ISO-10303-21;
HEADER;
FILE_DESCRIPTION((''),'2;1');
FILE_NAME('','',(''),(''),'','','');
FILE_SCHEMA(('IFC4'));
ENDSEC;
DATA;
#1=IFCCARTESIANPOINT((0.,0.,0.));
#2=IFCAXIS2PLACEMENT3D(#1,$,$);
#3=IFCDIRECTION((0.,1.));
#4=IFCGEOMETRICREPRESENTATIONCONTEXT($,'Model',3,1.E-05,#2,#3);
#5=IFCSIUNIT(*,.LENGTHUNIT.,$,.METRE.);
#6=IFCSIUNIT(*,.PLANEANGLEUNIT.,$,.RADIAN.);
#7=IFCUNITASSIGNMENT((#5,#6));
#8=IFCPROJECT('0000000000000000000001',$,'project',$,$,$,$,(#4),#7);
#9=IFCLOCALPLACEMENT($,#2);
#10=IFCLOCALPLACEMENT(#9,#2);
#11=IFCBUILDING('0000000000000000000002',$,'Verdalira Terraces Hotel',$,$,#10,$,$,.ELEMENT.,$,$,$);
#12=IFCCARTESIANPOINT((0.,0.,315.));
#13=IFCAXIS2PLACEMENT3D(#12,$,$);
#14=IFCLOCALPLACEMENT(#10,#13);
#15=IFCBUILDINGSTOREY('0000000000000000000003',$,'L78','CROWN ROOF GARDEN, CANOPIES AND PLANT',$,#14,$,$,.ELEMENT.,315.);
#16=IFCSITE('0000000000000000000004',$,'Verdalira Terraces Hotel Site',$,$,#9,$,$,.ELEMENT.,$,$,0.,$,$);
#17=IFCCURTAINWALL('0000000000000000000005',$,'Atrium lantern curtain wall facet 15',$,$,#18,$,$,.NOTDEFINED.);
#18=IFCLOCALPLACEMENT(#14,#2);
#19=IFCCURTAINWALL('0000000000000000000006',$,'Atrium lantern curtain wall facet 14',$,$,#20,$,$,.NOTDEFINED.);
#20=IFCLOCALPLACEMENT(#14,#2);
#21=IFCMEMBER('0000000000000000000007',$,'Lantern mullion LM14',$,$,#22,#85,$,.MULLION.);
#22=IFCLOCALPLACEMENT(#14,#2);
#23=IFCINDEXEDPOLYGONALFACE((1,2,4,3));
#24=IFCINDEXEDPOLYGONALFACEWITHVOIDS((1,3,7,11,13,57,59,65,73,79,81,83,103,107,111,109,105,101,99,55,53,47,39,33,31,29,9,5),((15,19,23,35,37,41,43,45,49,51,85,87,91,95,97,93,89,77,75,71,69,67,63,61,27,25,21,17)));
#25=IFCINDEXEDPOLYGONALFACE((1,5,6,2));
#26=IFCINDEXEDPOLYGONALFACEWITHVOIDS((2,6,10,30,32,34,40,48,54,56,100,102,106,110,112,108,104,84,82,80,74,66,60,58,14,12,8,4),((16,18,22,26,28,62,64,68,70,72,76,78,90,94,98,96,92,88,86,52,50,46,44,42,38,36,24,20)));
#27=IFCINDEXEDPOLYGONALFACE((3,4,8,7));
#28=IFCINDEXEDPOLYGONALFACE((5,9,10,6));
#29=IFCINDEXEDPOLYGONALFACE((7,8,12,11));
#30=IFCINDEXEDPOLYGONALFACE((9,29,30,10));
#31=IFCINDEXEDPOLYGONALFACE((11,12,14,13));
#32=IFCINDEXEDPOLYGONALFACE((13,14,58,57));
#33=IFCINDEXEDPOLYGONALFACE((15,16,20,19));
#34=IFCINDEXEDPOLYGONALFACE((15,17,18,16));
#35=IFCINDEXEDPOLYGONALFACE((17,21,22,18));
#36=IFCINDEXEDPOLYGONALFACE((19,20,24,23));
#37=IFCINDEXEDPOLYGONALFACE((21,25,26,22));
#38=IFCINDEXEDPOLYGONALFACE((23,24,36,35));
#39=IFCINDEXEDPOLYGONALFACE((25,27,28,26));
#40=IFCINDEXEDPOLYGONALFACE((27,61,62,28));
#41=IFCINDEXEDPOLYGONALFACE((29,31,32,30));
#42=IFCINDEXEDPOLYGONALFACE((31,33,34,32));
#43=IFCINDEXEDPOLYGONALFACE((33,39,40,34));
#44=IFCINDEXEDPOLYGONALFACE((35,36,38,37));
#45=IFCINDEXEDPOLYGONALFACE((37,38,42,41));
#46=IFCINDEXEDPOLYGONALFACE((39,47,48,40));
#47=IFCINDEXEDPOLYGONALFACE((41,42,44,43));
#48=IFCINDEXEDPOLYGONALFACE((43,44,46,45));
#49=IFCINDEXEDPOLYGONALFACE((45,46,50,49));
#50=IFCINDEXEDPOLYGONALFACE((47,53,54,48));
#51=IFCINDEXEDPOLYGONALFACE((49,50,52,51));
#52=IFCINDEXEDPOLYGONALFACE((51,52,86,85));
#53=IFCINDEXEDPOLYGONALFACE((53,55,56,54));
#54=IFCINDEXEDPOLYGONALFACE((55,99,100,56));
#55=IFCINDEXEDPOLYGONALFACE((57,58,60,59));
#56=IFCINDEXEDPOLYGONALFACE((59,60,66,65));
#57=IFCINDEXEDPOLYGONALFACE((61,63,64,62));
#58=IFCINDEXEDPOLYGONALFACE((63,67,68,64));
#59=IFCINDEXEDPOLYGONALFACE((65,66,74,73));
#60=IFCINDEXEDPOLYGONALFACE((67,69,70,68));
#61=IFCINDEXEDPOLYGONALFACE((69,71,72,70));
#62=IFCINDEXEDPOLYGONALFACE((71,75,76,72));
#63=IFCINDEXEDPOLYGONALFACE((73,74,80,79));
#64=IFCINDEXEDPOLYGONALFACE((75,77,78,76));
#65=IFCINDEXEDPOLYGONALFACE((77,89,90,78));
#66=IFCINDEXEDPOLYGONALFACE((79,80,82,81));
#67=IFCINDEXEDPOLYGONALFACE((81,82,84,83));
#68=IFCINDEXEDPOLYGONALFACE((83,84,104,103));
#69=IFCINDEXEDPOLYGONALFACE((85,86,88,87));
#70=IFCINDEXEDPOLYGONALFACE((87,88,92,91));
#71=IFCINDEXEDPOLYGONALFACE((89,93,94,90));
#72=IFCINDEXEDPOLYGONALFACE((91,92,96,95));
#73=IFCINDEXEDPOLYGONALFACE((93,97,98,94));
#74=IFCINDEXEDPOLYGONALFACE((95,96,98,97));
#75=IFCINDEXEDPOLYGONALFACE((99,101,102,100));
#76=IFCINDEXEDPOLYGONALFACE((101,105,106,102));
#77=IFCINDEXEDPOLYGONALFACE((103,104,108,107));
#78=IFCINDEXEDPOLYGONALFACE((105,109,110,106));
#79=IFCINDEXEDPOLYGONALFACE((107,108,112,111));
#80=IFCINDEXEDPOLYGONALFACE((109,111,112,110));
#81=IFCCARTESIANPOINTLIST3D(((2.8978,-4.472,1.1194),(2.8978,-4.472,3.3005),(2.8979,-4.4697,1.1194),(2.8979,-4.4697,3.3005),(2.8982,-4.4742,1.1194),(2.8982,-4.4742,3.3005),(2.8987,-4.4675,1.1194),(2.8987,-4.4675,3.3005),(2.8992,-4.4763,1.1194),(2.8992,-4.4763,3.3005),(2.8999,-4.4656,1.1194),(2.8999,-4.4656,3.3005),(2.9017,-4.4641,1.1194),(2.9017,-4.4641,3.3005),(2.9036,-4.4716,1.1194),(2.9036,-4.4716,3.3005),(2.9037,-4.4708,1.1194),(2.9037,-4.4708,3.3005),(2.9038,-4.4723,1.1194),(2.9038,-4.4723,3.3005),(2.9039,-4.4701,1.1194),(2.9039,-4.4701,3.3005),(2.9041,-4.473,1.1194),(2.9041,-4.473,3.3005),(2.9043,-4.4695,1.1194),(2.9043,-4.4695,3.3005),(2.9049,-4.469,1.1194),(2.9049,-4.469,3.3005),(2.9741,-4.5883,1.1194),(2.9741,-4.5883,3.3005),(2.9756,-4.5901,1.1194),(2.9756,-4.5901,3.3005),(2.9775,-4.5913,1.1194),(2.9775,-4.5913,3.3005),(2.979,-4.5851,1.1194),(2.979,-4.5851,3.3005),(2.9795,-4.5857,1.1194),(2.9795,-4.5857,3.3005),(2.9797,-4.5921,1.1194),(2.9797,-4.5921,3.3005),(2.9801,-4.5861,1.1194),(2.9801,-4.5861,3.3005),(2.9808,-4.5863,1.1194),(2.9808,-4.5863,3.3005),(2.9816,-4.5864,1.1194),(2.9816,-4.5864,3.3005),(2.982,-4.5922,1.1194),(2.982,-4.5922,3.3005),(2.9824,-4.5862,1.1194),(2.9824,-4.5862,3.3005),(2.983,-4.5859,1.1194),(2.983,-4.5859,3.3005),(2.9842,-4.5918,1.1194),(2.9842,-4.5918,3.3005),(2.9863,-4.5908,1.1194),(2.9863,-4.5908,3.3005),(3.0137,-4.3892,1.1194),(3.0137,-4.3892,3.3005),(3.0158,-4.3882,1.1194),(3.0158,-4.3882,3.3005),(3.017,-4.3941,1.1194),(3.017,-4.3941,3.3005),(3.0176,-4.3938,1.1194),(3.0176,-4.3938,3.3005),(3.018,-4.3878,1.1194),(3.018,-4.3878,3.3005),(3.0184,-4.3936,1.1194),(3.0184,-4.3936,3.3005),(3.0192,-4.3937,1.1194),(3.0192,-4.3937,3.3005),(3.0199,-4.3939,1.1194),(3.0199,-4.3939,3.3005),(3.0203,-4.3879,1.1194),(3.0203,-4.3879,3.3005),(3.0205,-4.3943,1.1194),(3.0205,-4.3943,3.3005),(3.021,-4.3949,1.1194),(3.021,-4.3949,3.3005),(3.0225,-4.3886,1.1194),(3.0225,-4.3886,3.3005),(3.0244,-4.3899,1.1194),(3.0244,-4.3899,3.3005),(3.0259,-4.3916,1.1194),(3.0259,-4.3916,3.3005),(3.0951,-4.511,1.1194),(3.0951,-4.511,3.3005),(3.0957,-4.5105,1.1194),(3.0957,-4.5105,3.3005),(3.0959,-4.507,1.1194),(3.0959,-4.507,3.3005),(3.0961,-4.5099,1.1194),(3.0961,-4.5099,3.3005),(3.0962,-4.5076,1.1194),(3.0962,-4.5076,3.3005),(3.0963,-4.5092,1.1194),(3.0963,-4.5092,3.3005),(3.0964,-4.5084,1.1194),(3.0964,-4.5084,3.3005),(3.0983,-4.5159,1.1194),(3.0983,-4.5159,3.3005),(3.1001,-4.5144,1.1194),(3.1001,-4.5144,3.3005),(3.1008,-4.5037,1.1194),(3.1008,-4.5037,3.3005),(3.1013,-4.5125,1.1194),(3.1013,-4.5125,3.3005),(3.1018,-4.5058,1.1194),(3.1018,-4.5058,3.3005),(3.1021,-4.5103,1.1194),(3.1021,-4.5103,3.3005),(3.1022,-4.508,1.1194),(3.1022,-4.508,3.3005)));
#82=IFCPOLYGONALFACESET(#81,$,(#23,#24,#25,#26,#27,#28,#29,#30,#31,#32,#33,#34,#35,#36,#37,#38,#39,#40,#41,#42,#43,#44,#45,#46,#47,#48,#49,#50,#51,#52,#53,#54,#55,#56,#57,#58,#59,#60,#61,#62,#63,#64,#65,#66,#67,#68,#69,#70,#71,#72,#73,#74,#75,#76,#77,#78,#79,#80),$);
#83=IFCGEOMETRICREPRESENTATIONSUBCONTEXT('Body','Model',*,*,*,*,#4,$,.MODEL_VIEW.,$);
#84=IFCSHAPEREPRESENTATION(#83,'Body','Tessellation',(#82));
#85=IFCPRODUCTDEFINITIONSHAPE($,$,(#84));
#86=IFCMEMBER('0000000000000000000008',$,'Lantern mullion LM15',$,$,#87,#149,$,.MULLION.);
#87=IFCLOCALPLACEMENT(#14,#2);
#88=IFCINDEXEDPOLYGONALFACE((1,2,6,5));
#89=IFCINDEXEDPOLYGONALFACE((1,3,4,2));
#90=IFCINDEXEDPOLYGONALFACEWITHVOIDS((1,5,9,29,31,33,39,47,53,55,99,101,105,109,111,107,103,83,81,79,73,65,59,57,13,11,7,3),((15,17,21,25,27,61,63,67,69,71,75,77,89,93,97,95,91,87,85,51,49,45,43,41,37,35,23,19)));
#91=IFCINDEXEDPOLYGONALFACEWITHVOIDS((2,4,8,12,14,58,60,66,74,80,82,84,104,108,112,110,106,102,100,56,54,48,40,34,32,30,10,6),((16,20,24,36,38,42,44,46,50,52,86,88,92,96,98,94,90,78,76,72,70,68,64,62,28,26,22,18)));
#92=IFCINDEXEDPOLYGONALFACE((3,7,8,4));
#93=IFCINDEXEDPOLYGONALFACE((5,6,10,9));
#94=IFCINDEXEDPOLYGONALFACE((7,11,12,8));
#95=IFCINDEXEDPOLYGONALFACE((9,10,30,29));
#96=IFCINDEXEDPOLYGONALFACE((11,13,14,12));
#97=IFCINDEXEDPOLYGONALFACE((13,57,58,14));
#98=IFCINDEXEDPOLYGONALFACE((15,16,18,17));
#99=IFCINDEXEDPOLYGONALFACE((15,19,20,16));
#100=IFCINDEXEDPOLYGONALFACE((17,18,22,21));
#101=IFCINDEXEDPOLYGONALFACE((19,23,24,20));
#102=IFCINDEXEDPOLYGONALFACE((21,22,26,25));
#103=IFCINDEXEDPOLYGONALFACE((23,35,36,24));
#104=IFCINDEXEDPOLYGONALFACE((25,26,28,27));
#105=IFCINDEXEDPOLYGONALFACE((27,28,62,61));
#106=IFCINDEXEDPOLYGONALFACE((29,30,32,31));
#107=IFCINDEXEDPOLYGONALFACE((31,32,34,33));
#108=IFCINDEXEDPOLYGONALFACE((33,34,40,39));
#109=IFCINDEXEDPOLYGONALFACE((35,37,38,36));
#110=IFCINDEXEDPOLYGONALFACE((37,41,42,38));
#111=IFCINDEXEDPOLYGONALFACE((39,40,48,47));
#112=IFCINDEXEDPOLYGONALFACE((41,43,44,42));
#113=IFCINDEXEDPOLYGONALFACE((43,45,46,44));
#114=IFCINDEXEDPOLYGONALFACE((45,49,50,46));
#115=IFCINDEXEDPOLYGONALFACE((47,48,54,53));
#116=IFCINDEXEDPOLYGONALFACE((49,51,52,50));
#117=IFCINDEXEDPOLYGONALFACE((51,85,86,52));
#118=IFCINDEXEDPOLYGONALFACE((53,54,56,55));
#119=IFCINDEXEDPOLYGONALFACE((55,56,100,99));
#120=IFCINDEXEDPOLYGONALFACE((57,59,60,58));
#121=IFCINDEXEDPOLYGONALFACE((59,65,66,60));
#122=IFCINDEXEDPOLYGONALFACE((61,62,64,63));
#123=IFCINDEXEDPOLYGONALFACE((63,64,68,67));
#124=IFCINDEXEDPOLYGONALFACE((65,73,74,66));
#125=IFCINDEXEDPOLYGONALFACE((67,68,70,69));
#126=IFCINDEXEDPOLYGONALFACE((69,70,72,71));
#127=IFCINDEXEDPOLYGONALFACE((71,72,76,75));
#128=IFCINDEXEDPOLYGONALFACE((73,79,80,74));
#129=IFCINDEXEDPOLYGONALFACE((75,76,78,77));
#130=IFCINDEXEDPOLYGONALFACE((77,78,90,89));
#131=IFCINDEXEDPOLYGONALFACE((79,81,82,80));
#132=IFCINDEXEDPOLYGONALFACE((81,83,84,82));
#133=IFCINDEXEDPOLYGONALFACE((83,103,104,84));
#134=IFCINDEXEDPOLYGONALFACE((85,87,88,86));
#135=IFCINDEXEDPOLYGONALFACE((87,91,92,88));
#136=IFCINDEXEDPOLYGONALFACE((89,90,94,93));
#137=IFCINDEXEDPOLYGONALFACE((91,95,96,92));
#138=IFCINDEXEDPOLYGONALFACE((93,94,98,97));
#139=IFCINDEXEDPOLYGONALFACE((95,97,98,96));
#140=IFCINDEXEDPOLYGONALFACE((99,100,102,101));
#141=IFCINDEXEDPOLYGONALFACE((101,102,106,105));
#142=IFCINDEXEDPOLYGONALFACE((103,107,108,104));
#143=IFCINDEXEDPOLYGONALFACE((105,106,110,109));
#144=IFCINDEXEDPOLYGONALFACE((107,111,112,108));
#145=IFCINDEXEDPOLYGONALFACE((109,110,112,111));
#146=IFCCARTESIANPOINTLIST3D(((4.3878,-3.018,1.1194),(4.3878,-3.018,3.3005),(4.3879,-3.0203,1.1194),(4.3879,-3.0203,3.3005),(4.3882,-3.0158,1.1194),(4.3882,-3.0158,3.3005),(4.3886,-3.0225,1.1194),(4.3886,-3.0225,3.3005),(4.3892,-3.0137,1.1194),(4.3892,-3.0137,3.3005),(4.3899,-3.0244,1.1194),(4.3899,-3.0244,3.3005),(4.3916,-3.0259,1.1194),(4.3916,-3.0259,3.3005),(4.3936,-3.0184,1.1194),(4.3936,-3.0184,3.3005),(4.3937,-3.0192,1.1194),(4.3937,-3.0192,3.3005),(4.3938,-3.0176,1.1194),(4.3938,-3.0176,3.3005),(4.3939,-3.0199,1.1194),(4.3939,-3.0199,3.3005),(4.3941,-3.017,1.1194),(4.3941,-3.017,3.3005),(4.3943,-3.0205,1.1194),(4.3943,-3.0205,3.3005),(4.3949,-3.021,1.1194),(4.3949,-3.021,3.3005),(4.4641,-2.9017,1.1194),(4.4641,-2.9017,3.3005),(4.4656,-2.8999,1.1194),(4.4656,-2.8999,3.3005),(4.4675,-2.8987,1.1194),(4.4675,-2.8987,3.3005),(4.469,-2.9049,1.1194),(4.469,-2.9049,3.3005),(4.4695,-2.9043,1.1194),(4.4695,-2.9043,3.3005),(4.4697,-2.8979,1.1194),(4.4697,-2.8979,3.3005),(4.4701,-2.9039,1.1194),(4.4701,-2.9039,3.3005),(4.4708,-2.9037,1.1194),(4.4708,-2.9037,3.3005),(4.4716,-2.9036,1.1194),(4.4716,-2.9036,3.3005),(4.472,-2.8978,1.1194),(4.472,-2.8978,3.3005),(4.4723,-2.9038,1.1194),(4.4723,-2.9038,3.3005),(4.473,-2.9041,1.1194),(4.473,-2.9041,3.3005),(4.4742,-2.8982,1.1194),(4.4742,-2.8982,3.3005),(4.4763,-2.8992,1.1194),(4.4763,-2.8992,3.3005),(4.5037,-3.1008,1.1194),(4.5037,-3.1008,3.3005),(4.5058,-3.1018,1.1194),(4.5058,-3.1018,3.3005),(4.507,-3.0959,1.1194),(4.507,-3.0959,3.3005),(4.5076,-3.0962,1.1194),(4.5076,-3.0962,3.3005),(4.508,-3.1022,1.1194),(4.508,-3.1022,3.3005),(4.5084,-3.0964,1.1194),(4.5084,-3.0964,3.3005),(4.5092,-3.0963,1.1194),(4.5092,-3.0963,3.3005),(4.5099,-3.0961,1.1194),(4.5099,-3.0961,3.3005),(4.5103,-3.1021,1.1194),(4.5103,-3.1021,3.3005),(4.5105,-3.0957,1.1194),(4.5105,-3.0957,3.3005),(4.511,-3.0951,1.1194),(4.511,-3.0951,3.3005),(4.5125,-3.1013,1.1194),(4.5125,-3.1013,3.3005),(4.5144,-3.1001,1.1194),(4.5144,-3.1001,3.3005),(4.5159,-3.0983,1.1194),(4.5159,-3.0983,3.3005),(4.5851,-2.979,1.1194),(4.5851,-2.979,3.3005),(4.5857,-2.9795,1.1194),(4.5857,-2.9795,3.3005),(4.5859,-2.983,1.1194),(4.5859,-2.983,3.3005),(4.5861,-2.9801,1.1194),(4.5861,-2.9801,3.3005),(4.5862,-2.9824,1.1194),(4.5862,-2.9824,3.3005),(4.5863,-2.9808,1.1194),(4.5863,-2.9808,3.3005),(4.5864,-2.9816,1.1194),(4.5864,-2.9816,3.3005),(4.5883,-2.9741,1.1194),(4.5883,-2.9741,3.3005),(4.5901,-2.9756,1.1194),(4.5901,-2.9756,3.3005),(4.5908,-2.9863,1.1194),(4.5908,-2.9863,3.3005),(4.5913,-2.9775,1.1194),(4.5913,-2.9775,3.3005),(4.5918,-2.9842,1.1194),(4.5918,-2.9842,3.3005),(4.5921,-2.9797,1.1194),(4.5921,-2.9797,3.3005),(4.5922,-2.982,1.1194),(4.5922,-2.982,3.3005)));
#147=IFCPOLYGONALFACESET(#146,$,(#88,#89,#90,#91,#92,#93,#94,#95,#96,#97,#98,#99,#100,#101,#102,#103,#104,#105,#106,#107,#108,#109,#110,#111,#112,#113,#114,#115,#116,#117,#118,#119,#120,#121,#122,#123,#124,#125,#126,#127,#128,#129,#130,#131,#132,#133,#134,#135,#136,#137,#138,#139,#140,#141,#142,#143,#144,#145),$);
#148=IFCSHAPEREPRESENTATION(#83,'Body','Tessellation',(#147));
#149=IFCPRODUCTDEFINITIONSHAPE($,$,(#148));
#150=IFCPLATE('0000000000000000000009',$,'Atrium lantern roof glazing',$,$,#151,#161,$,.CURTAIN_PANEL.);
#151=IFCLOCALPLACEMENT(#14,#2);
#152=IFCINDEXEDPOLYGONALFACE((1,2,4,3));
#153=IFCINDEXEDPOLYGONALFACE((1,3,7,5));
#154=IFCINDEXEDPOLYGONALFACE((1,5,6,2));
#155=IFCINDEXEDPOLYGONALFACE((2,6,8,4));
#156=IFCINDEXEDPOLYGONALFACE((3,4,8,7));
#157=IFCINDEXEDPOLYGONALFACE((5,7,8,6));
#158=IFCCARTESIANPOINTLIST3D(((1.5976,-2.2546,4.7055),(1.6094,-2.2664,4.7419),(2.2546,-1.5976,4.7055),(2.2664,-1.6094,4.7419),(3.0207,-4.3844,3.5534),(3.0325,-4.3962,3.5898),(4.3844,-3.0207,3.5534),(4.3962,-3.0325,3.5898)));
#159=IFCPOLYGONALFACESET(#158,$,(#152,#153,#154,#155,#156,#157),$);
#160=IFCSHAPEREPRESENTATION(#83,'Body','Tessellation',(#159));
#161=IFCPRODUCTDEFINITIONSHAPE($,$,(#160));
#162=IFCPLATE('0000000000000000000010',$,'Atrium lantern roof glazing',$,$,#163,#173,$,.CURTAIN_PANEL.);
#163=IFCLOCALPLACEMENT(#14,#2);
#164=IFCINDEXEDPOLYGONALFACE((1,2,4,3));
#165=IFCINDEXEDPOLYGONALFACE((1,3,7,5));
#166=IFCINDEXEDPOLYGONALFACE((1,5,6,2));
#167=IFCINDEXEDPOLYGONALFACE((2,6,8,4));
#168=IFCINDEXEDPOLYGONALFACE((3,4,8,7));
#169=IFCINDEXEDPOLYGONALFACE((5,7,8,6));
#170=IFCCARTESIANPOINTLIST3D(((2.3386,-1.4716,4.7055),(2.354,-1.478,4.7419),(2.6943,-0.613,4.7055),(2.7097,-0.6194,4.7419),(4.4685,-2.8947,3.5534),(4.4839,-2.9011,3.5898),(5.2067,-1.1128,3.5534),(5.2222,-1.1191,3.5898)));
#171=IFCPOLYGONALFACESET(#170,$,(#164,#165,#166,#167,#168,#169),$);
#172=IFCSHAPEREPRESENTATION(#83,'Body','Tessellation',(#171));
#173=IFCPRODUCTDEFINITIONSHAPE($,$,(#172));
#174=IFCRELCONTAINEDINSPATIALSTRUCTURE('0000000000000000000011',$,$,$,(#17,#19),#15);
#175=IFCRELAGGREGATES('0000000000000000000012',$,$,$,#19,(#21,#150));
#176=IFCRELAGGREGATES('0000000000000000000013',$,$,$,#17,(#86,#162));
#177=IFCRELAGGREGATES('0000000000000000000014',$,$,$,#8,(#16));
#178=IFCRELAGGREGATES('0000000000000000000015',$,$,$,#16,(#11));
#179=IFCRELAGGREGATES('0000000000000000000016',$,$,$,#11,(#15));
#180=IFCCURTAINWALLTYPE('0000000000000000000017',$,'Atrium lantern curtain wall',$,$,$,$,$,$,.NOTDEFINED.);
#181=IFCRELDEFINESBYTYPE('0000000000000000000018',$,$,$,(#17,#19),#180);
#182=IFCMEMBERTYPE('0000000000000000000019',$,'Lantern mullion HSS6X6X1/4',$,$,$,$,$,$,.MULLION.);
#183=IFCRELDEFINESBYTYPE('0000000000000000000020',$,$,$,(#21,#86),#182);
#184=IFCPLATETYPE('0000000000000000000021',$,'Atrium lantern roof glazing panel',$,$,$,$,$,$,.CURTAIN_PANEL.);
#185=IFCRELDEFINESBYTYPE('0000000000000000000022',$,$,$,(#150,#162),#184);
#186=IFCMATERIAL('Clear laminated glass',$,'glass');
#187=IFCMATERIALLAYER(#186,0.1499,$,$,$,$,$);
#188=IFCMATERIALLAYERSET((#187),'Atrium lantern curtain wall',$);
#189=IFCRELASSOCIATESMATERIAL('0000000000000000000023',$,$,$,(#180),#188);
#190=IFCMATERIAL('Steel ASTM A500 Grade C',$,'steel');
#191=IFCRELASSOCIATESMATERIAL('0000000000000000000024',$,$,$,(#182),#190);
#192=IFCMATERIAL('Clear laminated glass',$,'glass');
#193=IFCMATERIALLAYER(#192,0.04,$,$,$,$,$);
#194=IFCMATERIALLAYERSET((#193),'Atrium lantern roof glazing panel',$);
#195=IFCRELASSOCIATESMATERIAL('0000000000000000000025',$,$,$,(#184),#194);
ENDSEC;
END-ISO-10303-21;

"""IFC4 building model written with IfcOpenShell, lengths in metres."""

from ifc_helpers import new_model, si_unit, direction, frame, origin, origin_2d, place, context, subcontext, project, spatial, polyline, hollow_rectangle, outline, extrude, material, layer, layer_set, material_profile, profile_set, type_object, element, aggregate, save


model = new_model("IFC4")

# Units and contexts
model_context = context("Model", 3, precision=1e-05, world=origin(), true_north=direction((0.0, 1.0)))
body_context = subcontext(model_context, "Body", "Model", "MODEL_VIEW")
ifc_project = project(units=[si_unit("LENGTHUNIT", "METRE"), si_unit("PLANEANGLEUNIT", "RADIAN")], contexts=[model_context])

# Site, building, storey
site_placement = place(None, origin())
site = spatial("IfcSite", under=ifc_project, at=site_placement, Name="Verdalira Terraces Hotel Site", CompositionType="ELEMENT", RefElevation=0.0)
building_placement = place(site_placement, origin())
building = spatial("IfcBuilding", under=site, at=building_placement, Name="Verdalira Terraces Hotel", CompositionType="ELEMENT")
storey_placement = place(building_placement, frame((0.0, 0.0, 315.0)))
storey = spatial("IfcBuildingStorey", under=building, at=storey_placement, Name="L78", Description="CROWN ROOF GARDEN, CANOPIES AND PLANT", CompositionType="ELEMENT", Elevation=315.0)

# Curtain wall
ifc_material_1 = material(Name="Clear laminated glass", Category="glass")
ifc_layer_1 = layer(ifc_material_1, 0.1499)
ifc_layer_set_1 = layer_set([ifc_layer_1], Name="Atrium lantern curtain wall")
curtain_wall_type = type_object("IfcCurtainWallType", Name="Atrium lantern curtain wall", PredefinedType="NOTDEFINED", material=ifc_layer_set_1)
curtain_wall_1_placement = place(storey_placement, origin())
curtain_wall_1 = element("IfcCurtainWall", 1, at=curtain_wall_1_placement, inside=storey, type_object=curtain_wall_type, Name="Atrium lantern curtain wall facet 15", PredefinedType="NOTDEFINED")

# Curtain wall
curtain_wall_2_placement = place(storey_placement, origin())
curtain_wall_2 = element("IfcCurtainWall", 2, at=curtain_wall_2_placement, inside=storey, type_object=curtain_wall_type, Name="Atrium lantern curtain wall facet 14", PredefinedType="NOTDEFINED")

# Members
ifc_material_2 = material(Name="Steel ASTM A500 Grade C", Category="steel")
ifc_material_profile_1 = material_profile(ifc_material_2, hollow_rectangle(XDim=0.1523, YDim=0.1523, WallThickness=0.0059, InnerFilletRadius=0.0029, OuterFilletRadius=0.0088, at=origin_2d()), Name="HSS6X6X1/4")
ifc_profile_set_1 = profile_set([ifc_material_profile_1], Name="Steel ASTM A500 Grade C")
member_type_1 = type_object("IfcMemberType", Name="Lantern mullion HSS6X6X1/4", PredefinedType="MULLION", material=ifc_profile_set_1)
member_1_placement = place(storey_placement, frame((3.0, -4.49, 1.1194), z_axis=(0.0, 0.0, 1.0), x_axis=(0.55557, -0.83147, 0.0)))
member_1 = element("IfcMember", 3, at=member_1_placement, type_object=member_type_1, Name="Lantern mullion LM14", PredefinedType="MULLION", context=body_context, shape_type="SweptSolid", body=[
    extrude(hollow_rectangle(XDim=0.1523, YDim=0.1523, WallThickness=0.0059, InnerFilletRadius=0.0029, OuterFilletRadius=0.0088, at=origin_2d()), origin(), (0.0, 0.0, 1.0), 2.1812),
])
member_2_placement = place(storey_placement, frame((4.49, -3.0, 1.1194), z_axis=(0.0, 0.0, 1.0), x_axis=(0.83147, -0.55557, 0.0)))
member_2 = element("IfcMember", 4, at=member_2_placement, type_object=member_type_1, Name="Lantern mullion LM15", PredefinedType="MULLION", context=body_context, shape_type="SweptSolid", body=[
    extrude(hollow_rectangle(XDim=0.1523, YDim=0.1523, WallThickness=0.0059, InnerFilletRadius=0.0029, OuterFilletRadius=0.0088, at=origin_2d()), origin(), (0.0, 0.0, 1.0), 2.1812),
])

# Plates
ifc_material_3 = material(Name="Clear laminated glass", Category="glass")
ifc_layer_2 = layer(ifc_material_3, 0.04)
ifc_layer_set_2 = layer_set([ifc_layer_2], Name="Atrium lantern roof glazing panel")
plate_type = type_object("IfcPlateType", Name="Atrium lantern roof glazing panel", PredefinedType="CURTAIN_PANEL", material=ifc_layer_set_2)
plate_1_placement = place(storey_placement, frame((3.0325, -4.3962, 3.5898), z_axis=(0.294749, -0.294749, 0.908981), x_axis=(0.707107, 0.707107, 0.0)))
plate_1 = element("IfcPlate", 5, at=plate_1_placement, type_object=plate_type, Name="Atrium lantern roof glazing", PredefinedType="CURTAIN_PANEL", context=body_context, shape_type="SweptSolid", body=[
    extrude(outline(polyline([(0.0, 0.0), (1.9287, 0.0), (1.4289, 2.7639), (0.4998, 2.7639), (0.0, 0.0)])), origin(), (0.0, 0.0, -1.0), 0.04),
])
plate_2_placement = place(storey_placement, frame((4.4839, -2.9011, 3.5898), z_axis=(0.385089, -0.15954, 0.908985), x_axis=(0.382753, 0.923851, -0.000003)))
plate_2 = element("IfcPlate", 6, at=plate_2_placement, type_object=plate_type, Name="Atrium lantern roof glazing", PredefinedType="CURTAIN_PANEL", context=body_context, shape_type="SweptSolid", body=[
    extrude(outline(polyline([(0.0, 0.0), (1.9289, 0.0), (1.4289, 2.764), (0.4995, 2.764), (0.0, 0.0)])), origin(), (0.0, 0.0, -1.0), 0.04),
])

aggregate(curtain_wall_2, [member_1, plate_1])
aggregate(curtain_wall_1, [member_2, plate_2])

save(model, "model.ifc")
